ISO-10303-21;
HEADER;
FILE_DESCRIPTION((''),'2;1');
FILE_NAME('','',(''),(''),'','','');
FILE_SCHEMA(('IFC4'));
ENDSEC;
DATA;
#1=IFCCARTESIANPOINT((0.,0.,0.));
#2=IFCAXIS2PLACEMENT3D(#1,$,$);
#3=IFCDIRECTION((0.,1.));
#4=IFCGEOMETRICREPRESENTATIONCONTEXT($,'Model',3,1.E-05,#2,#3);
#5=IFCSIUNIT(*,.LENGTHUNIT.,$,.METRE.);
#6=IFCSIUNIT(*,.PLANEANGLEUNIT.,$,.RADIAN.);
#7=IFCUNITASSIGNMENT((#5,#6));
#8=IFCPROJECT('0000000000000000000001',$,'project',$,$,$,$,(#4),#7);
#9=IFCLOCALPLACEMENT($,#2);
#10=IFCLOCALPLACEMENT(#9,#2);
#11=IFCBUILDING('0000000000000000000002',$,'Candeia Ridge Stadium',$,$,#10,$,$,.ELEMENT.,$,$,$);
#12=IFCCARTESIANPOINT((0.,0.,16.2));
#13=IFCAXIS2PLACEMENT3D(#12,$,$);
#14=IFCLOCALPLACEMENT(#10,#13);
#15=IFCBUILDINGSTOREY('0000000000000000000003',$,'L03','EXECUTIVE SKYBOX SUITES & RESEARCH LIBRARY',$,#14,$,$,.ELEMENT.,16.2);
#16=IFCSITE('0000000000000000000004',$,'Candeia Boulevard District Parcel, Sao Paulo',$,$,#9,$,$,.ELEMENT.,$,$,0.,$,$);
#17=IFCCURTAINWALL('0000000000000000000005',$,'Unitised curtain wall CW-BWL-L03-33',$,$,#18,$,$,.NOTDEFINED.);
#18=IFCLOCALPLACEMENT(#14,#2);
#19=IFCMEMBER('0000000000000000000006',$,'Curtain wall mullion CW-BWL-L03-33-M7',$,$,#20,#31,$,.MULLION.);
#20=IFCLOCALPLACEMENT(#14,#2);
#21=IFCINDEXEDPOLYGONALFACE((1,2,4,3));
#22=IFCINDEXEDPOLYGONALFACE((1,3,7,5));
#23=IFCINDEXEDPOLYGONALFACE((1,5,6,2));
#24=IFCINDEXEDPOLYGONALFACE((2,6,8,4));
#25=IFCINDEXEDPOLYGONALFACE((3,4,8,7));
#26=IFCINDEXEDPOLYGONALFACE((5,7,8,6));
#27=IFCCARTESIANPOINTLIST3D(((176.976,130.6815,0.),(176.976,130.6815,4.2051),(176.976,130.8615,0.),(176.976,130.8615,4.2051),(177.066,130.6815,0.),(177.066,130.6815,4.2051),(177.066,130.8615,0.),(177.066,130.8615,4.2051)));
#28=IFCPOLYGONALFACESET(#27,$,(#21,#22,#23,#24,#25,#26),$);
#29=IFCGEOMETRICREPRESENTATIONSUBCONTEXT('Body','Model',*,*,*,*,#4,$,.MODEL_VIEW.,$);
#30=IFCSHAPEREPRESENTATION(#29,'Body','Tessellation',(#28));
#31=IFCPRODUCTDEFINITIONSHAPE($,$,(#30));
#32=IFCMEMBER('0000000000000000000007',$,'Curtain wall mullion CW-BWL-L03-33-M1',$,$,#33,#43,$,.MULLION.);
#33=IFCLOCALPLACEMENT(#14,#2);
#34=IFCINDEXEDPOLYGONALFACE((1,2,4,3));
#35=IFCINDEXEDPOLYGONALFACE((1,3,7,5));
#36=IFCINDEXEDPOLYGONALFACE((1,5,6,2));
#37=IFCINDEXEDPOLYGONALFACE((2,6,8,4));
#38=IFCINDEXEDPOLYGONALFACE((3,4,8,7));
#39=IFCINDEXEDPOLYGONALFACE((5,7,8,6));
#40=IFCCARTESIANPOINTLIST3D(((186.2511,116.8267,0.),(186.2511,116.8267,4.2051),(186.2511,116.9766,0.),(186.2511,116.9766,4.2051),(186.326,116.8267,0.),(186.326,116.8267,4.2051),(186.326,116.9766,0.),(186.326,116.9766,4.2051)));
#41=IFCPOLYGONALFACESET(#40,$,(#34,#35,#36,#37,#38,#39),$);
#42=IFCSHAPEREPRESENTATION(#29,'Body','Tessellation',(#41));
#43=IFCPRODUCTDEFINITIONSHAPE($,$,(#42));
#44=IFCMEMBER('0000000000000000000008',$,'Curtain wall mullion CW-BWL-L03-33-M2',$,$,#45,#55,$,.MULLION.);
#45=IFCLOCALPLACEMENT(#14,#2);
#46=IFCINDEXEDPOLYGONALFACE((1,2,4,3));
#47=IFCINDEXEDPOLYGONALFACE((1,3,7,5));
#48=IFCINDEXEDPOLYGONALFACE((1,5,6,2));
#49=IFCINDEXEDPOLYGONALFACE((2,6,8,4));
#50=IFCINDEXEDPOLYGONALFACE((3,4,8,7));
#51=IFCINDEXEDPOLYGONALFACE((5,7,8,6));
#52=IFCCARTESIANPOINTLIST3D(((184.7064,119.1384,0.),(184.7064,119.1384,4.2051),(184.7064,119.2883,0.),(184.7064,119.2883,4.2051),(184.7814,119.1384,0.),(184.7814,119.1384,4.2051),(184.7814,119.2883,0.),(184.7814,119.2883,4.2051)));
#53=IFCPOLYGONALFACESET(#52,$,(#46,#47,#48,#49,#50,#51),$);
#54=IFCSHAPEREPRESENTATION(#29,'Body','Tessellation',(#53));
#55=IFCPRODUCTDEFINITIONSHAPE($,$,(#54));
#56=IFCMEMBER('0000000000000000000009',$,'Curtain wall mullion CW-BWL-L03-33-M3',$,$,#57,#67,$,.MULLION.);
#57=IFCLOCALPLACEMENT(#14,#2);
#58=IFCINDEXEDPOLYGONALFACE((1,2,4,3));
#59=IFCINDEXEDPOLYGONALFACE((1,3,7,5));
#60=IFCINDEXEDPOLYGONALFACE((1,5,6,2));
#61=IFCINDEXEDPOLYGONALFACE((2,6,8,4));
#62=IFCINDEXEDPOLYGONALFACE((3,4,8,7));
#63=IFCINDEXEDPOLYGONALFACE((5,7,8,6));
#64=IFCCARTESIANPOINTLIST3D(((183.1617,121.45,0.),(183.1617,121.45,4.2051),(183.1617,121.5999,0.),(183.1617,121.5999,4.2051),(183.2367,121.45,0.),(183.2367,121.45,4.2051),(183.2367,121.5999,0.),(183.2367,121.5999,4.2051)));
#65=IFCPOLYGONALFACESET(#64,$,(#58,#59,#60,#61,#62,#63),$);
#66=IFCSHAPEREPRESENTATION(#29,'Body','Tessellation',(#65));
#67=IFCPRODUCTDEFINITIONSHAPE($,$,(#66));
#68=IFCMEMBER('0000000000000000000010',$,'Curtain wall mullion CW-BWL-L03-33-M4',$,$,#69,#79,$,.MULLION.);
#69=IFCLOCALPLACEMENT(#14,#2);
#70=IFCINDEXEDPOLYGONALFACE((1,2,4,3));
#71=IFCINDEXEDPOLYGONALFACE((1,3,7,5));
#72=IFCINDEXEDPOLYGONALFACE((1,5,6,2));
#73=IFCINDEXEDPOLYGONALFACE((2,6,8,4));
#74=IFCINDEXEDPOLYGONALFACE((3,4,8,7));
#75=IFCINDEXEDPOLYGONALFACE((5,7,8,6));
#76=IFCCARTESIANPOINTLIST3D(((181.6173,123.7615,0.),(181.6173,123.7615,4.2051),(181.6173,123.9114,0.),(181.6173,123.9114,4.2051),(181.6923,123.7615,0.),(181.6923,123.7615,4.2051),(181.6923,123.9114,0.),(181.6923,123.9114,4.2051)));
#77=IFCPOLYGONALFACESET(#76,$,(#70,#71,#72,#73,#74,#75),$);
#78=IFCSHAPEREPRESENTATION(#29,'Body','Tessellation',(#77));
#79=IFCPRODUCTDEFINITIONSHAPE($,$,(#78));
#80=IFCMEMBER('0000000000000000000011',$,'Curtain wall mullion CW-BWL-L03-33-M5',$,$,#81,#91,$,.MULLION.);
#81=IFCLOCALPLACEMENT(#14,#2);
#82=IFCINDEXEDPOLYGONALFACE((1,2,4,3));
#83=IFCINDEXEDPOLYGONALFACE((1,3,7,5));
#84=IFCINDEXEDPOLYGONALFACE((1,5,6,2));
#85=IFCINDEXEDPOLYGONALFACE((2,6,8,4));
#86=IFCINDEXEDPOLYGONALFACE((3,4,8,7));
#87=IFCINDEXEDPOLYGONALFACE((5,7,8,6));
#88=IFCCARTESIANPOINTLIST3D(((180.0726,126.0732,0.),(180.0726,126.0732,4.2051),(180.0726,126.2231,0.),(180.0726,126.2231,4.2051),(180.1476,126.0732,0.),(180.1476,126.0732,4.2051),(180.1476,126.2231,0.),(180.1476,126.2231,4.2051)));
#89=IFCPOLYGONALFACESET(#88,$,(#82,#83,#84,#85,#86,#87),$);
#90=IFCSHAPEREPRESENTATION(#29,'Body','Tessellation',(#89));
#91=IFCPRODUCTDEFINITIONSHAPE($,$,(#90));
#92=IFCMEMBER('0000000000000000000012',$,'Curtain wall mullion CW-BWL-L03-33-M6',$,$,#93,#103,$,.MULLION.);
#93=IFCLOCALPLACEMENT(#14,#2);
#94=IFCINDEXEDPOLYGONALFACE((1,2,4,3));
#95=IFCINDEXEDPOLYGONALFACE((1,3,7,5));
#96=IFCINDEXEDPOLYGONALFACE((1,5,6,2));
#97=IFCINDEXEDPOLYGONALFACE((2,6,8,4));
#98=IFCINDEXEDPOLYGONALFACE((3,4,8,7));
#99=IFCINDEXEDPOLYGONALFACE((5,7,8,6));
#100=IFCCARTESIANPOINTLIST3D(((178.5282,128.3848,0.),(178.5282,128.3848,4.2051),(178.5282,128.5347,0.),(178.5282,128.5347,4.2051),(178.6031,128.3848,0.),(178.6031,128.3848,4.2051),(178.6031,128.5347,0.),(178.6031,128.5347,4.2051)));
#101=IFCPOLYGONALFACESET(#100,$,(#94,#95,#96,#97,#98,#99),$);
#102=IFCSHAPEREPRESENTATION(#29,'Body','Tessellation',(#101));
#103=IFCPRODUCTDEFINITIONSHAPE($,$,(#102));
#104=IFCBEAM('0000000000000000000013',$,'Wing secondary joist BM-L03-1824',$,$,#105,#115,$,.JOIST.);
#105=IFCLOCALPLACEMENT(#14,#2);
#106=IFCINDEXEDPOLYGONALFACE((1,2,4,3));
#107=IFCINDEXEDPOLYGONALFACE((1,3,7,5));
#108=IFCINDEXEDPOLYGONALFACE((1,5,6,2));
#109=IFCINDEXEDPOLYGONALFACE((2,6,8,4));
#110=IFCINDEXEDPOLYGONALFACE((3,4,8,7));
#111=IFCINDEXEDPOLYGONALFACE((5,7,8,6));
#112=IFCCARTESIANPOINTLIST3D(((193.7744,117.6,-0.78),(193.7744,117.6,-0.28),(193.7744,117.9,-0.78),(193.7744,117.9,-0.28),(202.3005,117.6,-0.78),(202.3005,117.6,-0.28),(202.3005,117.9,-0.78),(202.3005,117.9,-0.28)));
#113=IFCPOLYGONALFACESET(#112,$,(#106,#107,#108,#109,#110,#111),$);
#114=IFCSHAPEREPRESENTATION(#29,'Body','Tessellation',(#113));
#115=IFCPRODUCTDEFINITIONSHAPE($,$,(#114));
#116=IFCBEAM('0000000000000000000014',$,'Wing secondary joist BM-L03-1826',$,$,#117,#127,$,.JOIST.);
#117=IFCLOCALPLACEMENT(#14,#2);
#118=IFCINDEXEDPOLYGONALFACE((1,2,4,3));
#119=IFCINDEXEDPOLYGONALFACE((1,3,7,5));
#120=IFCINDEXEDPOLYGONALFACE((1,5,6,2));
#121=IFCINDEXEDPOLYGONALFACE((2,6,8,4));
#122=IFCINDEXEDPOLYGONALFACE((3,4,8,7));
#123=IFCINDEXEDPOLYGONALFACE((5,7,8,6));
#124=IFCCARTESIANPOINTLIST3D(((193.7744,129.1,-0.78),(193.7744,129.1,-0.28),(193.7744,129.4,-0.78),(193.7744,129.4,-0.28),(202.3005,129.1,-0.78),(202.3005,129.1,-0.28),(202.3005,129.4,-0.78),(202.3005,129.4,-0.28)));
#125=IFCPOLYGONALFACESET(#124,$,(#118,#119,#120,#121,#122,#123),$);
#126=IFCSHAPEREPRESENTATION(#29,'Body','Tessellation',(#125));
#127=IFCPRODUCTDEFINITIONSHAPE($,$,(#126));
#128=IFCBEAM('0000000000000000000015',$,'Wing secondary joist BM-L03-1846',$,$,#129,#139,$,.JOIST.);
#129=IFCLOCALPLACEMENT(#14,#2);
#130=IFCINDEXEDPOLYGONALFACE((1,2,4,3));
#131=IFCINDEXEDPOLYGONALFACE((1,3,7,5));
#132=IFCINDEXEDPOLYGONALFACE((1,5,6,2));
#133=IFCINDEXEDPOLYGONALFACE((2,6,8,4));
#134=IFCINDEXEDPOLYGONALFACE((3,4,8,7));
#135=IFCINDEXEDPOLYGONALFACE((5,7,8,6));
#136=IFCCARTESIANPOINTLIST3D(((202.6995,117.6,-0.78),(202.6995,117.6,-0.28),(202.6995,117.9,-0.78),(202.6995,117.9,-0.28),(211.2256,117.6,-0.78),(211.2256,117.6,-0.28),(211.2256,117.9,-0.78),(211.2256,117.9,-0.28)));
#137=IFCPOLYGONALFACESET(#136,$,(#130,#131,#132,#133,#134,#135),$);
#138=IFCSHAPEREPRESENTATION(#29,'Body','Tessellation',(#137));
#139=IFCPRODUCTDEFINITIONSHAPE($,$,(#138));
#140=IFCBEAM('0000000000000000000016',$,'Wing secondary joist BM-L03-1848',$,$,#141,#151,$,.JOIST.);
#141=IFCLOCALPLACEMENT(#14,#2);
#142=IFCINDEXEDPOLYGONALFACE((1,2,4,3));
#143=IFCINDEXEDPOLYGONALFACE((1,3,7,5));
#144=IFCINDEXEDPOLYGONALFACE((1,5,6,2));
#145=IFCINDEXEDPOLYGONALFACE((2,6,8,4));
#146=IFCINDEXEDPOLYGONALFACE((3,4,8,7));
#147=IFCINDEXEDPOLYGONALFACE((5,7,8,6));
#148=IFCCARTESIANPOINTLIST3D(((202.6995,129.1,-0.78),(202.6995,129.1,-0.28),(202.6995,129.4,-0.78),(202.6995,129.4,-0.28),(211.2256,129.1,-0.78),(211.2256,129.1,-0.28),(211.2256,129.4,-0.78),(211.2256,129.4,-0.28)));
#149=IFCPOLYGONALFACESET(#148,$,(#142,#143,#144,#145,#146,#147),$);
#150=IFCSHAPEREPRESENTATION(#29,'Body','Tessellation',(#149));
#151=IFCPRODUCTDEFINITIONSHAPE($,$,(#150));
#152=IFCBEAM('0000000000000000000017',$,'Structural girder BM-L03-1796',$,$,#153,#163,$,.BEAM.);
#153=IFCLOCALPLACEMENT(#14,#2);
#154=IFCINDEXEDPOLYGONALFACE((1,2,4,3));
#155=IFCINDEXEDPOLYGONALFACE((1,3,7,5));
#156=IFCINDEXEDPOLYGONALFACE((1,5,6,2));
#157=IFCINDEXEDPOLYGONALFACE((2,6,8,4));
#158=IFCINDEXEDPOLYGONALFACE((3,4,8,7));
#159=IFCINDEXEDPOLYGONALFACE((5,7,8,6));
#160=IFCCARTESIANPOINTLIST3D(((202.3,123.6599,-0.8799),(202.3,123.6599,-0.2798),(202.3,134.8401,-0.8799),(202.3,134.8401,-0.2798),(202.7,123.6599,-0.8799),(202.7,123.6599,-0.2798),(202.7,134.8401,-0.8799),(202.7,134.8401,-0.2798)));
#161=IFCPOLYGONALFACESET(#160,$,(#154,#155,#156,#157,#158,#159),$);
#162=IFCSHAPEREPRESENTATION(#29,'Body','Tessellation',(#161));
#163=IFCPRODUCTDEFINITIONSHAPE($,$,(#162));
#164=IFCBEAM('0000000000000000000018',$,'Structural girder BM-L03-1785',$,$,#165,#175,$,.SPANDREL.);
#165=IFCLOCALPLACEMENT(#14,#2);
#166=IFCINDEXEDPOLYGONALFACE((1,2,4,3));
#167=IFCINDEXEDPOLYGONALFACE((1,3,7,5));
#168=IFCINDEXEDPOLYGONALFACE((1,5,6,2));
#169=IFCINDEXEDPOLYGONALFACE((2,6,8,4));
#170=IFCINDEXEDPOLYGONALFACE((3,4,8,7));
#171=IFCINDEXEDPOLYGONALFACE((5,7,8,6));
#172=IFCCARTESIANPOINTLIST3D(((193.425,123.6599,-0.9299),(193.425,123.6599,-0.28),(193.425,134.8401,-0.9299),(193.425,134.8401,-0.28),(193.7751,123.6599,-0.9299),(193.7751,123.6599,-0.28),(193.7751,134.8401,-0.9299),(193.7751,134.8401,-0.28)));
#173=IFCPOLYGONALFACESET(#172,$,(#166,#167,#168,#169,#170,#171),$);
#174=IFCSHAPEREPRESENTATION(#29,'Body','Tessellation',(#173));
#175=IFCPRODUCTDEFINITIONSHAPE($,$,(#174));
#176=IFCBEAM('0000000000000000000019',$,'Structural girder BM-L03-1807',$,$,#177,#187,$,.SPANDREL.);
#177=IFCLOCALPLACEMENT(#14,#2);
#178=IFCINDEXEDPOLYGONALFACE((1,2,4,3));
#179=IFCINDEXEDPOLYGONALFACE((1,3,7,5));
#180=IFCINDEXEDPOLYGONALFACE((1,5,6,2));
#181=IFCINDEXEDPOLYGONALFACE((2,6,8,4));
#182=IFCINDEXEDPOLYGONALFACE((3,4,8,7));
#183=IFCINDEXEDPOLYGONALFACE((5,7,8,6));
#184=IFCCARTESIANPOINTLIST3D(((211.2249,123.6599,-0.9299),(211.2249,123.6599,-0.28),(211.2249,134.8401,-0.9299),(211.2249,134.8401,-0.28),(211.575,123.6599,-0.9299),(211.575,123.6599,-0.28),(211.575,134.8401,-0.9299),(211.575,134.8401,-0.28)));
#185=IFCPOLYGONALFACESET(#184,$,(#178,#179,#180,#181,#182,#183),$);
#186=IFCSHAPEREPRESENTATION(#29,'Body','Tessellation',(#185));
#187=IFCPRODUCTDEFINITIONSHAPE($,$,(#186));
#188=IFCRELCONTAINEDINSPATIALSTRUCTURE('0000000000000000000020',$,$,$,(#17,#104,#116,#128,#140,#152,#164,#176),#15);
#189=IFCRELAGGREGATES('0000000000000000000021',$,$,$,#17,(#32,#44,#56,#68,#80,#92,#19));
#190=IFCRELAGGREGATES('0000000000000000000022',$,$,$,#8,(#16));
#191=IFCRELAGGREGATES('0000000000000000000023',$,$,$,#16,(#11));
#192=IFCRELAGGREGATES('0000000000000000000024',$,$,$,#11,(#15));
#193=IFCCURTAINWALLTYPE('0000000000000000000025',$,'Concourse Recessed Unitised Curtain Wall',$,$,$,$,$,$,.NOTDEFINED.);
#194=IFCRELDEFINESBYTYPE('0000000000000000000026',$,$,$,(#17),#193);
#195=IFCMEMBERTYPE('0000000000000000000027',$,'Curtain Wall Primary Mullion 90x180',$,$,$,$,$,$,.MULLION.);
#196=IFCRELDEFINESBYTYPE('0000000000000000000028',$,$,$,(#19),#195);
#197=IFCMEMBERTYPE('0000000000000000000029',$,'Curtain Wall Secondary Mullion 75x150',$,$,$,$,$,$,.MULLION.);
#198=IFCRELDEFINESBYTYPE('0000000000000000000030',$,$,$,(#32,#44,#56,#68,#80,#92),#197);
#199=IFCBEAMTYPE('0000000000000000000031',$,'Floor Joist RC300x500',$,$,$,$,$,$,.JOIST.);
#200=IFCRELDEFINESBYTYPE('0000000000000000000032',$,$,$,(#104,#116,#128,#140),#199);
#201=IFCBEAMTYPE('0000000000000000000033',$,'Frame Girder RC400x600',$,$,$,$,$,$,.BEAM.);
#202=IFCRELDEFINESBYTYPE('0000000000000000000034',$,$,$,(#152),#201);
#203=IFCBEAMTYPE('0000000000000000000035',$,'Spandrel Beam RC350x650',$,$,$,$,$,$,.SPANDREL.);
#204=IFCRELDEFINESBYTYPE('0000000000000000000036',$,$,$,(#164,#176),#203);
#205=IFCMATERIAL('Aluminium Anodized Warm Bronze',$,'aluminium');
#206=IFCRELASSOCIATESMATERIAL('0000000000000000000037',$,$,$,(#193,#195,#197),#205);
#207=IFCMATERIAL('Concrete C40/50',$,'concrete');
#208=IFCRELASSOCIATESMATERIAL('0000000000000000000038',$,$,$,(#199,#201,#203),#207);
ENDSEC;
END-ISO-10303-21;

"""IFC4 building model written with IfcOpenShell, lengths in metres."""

from ifc_helpers import new_model, si_unit, direction, frame, origin, origin_2d, place, context, subcontext, project, spatial, rectangle, extrude, material, material_profile, profile_set, type_object, element, aggregate, save


model = new_model("IFC4")

# Units and contexts
model_context = context("Model", 3, precision=1e-05, world=origin(), true_north=direction((0.0, 1.0)))
body_context = subcontext(model_context, "Body", "Model", "MODEL_VIEW")
ifc_project = project(units=[si_unit("LENGTHUNIT", "METRE"), si_unit("PLANEANGLEUNIT", "RADIAN")], contexts=[model_context])

# Site, building, storey
site_placement = place(None, origin())
site = spatial("IfcSite", under=ifc_project, at=site_placement, Name="Candeia Boulevard District Parcel, Sao Paulo", CompositionType="ELEMENT", RefElevation=0.0)
building_placement = place(site_placement, origin())
building = spatial("IfcBuilding", under=site, at=building_placement, Name="Candeia Ridge Stadium", CompositionType="ELEMENT")
storey_placement = place(building_placement, frame((0.0, 0.0, 16.2)))
storey = spatial("IfcBuildingStorey", under=building, at=storey_placement, Name="L03", Description="EXECUTIVE SKYBOX SUITES & RESEARCH LIBRARY", CompositionType="ELEMENT", Elevation=16.2)

# Curtain wall, members
ifc_material_1 = material(Name="Aluminium Anodized Warm Bronze", Category="aluminium")
curtain_wall_type = type_object("IfcCurtainWallType", Name="Concourse Recessed Unitised Curtain Wall", PredefinedType="NOTDEFINED", material=ifc_material_1)
curtain_wall_placement = place(storey_placement, origin())
curtain_wall = element("IfcCurtainWall", 1, at=curtain_wall_placement, inside=storey, type_object=curtain_wall_type, Name="Unitised curtain wall CW-BWL-L03-33", PredefinedType="NOTDEFINED")
ifc_material_profile_1 = material_profile(ifc_material_1, rectangle(XDim=0.0901, YDim=0.1799, at=origin_2d()), Name="CWM-90x180", Category="aluminium")
ifc_profile_set_1 = profile_set([ifc_material_profile_1], Name="Aluminium Anodized Warm Bronze")
member_type_1 = type_object("IfcMemberType", Name="Curtain Wall Primary Mullion 90x180", PredefinedType="MULLION", material=ifc_profile_set_1)
member_1_placement = place(storey_placement, frame((177.021, 130.7715, 0.0), z_axis=(0.0, 0.0, 1.0), x_axis=(1.0, 0.0, 0.0)))
member_1 = element("IfcMember", 2, at=member_1_placement, type_object=member_type_1, Name="Curtain wall mullion CW-BWL-L03-33-M7", PredefinedType="MULLION", context=body_context, shape_type="SweptSolid", body=[
    extrude(rectangle(XDim=0.0901, YDim=0.1799, at=origin_2d()), origin(), (0.0, 0.0, 1.0), 4.2051),
])
ifc_material_profile_2 = material_profile(ifc_material_1, rectangle(XDim=0.075, YDim=0.1499, at=origin_2d()), Name="CWM-75x150", Category="aluminium")
ifc_profile_set_2 = profile_set([ifc_material_profile_2], Name="Aluminium Anodized Warm Bronze")
member_type_2 = type_object("IfcMemberType", Name="Curtain Wall Secondary Mullion 75x150", PredefinedType="MULLION", material=ifc_profile_set_2)
member_2_placement = place(storey_placement, frame((186.2886, 116.9016, 0.0), z_axis=(0.0, 0.0, 1.0), x_axis=(1.0, 0.0, 0.0)))
member_2 = element("IfcMember", 3, at=member_2_placement, type_object=member_type_2, Name="Curtain wall mullion CW-BWL-L03-33-M1", PredefinedType="MULLION", context=body_context, shape_type="SweptSolid", body=[
    extrude(rectangle(XDim=0.075, YDim=0.1499, at=origin_2d()), origin(), (0.0, 0.0, 1.0), 4.2051),
])
member_3_placement = place(storey_placement, frame((184.7439, 119.2134, 0.0), z_axis=(0.0, 0.0, 1.0), x_axis=(1.0, 0.0, 0.0)))
member_3 = element("IfcMember", 4, at=member_3_placement, type_object=member_type_2, Name="Curtain wall mullion CW-BWL-L03-33-M2", PredefinedType="MULLION", context=body_context, shape_type="SweptSolid", body=[
    extrude(rectangle(XDim=0.075, YDim=0.1499, at=origin_2d()), origin(), (0.0, 0.0, 1.0), 4.2051),
])
member_4_placement = place(storey_placement, frame((183.1992, 121.5249, 0.0), z_axis=(0.0, 0.0, 1.0), x_axis=(1.0, 0.0, 0.0)))
member_4 = element("IfcMember", 5, at=member_4_placement, type_object=member_type_2, Name="Curtain wall mullion CW-BWL-L03-33-M3", PredefinedType="MULLION", context=body_context, shape_type="SweptSolid", body=[
    extrude(rectangle(XDim=0.075, YDim=0.1499, at=origin_2d()), origin(), (0.0, 0.0, 1.0), 4.2051),
])
member_5_placement = place(storey_placement, frame((181.6548, 123.8364, 0.0), z_axis=(0.0, 0.0, 1.0), x_axis=(1.0, 0.0, 0.0)))
member_5 = element("IfcMember", 6, at=member_5_placement, type_object=member_type_2, Name="Curtain wall mullion CW-BWL-L03-33-M4", PredefinedType="MULLION", context=body_context, shape_type="SweptSolid", body=[
    extrude(rectangle(XDim=0.075, YDim=0.1499, at=origin_2d()), origin(), (0.0, 0.0, 1.0), 4.2051),
])
member_6_placement = place(storey_placement, frame((180.1101, 126.1482, 0.0), z_axis=(0.0, 0.0, 1.0), x_axis=(1.0, 0.0, 0.0)))
member_6 = element("IfcMember", 7, at=member_6_placement, type_object=member_type_2, Name="Curtain wall mullion CW-BWL-L03-33-M5", PredefinedType="MULLION", context=body_context, shape_type="SweptSolid", body=[
    extrude(rectangle(XDim=0.075, YDim=0.1499, at=origin_2d()), origin(), (0.0, 0.0, 1.0), 4.2051),
])
member_7_placement = place(storey_placement, frame((178.5657, 128.4597, 0.0), z_axis=(0.0, 0.0, 1.0), x_axis=(1.0, 0.0, 0.0)))
member_7 = element("IfcMember", 8, at=member_7_placement, type_object=member_type_2, Name="Curtain wall mullion CW-BWL-L03-33-M6", PredefinedType="MULLION", context=body_context, shape_type="SweptSolid", body=[
    extrude(rectangle(XDim=0.075, YDim=0.1499, at=origin_2d()), origin(), (0.0, 0.0, 1.0), 4.2051),
])

# Beams
ifc_material_2 = material(Name="Concrete C40/50", Category="concrete")
ifc_material_profile_3 = material_profile(ifc_material_2, rectangle(XDim=0.3, YDim=0.5, at=origin_2d()), Name="RC300x500", Category="concrete")
ifc_profile_set_3 = profile_set([ifc_material_profile_3], Name="Concrete C40/50")
beam_type_1 = type_object("IfcBeamType", Name="Floor Joist RC300x500", PredefinedType="JOIST", material=ifc_profile_set_3)
for number, where, z_axis, x_axis, name in (
    (9, (193.7744, 117.75, -0.53), (1.0, 0.0, 0.0), (0.0, 1.0, 0.0), "Wing secondary joist BM-L03-1824"),
    (10, (193.7744, 129.25, -0.53), (1.0, 0.0, 0.0), (0.0, 1.0, 0.0), "Wing secondary joist BM-L03-1826"),
    (11, (202.6995, 117.75, -0.53), (1.0, 0.0, 0.0), (0.0, 1.0, 0.0), "Wing secondary joist BM-L03-1846"),
    (12, (202.6995, 129.25, -0.53), (1.0, 0.0, 0.0), (0.0, 1.0, 0.0), "Wing secondary joist BM-L03-1848"),
):
    element("IfcBeam", number, at=place(storey_placement, frame(where, z_axis=z_axis, x_axis=x_axis)), inside=storey, type_object=beam_type_1, Name=name, PredefinedType="JOIST", context=body_context, shape_type="SweptSolid", body=[
        extrude(rectangle(XDim=0.3, YDim=0.5, at=origin_2d()), origin(), (0.0, 0.0, 1.0), 8.5261),
    ])
ifc_material_profile_4 = material_profile(ifc_material_2, rectangle(XDim=0.3999, YDim=0.6001, at=origin_2d()), Name="RC400x600", Category="concrete")
ifc_profile_set_4 = profile_set([ifc_material_profile_4], Name="Concrete C40/50")
beam_type_2 = type_object("IfcBeamType", Name="Frame Girder RC400x600", PredefinedType="BEAM", material=ifc_profile_set_4)
beam_placement = place(storey_placement, frame((202.5, 123.6599, -0.5798), z_axis=(0.0, 1.0, 0.0), x_axis=(-1.0, 0.0, 0.0)))
element("IfcBeam", 13, at=beam_placement, inside=storey, type_object=beam_type_2, Name="Structural girder BM-L03-1796", PredefinedType="BEAM", context=body_context, shape_type="SweptSolid", body=[
    extrude(rectangle(XDim=0.3999, YDim=0.6001, at=origin_2d()), origin(), (0.0, 0.0, 1.0), 11.1802),
])
ifc_material_profile_5 = material_profile(ifc_material_2, rectangle(XDim=0.3501, YDim=0.6499, at=origin_2d()), Name="RC350x650", Category="concrete")
ifc_profile_set_5 = profile_set([ifc_material_profile_5], Name="Concrete C40/50")
beam_type_3 = type_object("IfcBeamType", Name="Spandrel Beam RC350x650", PredefinedType="SPANDREL", material=ifc_profile_set_5)
for number, where, z_axis, x_axis, name in (
    (14, (193.6001, 123.6599, -0.605), (0.0, 1.0, 0.0), (-1.0, 0.0, 0.0), "Structural girder BM-L03-1785"),
    (15, (211.3999, 123.6599, -0.605), (0.0, 1.0, 0.0), (-1.0, 0.0, 0.0), "Structural girder BM-L03-1807"),
):
    element("IfcBeam", number, at=place(storey_placement, frame(where, z_axis=z_axis, x_axis=x_axis)), inside=storey, type_object=beam_type_3, Name=name, PredefinedType="SPANDREL", context=body_context, shape_type="SweptSolid", body=[
        extrude(rectangle(XDim=0.3501, YDim=0.6499, at=origin_2d()), origin(), (0.0, 0.0, 1.0), 11.1802),
    ])

aggregate(curtain_wall, [member_2, member_3, member_4, member_5, member_6, member_7, member_1])

save(model, "model.ifc")
